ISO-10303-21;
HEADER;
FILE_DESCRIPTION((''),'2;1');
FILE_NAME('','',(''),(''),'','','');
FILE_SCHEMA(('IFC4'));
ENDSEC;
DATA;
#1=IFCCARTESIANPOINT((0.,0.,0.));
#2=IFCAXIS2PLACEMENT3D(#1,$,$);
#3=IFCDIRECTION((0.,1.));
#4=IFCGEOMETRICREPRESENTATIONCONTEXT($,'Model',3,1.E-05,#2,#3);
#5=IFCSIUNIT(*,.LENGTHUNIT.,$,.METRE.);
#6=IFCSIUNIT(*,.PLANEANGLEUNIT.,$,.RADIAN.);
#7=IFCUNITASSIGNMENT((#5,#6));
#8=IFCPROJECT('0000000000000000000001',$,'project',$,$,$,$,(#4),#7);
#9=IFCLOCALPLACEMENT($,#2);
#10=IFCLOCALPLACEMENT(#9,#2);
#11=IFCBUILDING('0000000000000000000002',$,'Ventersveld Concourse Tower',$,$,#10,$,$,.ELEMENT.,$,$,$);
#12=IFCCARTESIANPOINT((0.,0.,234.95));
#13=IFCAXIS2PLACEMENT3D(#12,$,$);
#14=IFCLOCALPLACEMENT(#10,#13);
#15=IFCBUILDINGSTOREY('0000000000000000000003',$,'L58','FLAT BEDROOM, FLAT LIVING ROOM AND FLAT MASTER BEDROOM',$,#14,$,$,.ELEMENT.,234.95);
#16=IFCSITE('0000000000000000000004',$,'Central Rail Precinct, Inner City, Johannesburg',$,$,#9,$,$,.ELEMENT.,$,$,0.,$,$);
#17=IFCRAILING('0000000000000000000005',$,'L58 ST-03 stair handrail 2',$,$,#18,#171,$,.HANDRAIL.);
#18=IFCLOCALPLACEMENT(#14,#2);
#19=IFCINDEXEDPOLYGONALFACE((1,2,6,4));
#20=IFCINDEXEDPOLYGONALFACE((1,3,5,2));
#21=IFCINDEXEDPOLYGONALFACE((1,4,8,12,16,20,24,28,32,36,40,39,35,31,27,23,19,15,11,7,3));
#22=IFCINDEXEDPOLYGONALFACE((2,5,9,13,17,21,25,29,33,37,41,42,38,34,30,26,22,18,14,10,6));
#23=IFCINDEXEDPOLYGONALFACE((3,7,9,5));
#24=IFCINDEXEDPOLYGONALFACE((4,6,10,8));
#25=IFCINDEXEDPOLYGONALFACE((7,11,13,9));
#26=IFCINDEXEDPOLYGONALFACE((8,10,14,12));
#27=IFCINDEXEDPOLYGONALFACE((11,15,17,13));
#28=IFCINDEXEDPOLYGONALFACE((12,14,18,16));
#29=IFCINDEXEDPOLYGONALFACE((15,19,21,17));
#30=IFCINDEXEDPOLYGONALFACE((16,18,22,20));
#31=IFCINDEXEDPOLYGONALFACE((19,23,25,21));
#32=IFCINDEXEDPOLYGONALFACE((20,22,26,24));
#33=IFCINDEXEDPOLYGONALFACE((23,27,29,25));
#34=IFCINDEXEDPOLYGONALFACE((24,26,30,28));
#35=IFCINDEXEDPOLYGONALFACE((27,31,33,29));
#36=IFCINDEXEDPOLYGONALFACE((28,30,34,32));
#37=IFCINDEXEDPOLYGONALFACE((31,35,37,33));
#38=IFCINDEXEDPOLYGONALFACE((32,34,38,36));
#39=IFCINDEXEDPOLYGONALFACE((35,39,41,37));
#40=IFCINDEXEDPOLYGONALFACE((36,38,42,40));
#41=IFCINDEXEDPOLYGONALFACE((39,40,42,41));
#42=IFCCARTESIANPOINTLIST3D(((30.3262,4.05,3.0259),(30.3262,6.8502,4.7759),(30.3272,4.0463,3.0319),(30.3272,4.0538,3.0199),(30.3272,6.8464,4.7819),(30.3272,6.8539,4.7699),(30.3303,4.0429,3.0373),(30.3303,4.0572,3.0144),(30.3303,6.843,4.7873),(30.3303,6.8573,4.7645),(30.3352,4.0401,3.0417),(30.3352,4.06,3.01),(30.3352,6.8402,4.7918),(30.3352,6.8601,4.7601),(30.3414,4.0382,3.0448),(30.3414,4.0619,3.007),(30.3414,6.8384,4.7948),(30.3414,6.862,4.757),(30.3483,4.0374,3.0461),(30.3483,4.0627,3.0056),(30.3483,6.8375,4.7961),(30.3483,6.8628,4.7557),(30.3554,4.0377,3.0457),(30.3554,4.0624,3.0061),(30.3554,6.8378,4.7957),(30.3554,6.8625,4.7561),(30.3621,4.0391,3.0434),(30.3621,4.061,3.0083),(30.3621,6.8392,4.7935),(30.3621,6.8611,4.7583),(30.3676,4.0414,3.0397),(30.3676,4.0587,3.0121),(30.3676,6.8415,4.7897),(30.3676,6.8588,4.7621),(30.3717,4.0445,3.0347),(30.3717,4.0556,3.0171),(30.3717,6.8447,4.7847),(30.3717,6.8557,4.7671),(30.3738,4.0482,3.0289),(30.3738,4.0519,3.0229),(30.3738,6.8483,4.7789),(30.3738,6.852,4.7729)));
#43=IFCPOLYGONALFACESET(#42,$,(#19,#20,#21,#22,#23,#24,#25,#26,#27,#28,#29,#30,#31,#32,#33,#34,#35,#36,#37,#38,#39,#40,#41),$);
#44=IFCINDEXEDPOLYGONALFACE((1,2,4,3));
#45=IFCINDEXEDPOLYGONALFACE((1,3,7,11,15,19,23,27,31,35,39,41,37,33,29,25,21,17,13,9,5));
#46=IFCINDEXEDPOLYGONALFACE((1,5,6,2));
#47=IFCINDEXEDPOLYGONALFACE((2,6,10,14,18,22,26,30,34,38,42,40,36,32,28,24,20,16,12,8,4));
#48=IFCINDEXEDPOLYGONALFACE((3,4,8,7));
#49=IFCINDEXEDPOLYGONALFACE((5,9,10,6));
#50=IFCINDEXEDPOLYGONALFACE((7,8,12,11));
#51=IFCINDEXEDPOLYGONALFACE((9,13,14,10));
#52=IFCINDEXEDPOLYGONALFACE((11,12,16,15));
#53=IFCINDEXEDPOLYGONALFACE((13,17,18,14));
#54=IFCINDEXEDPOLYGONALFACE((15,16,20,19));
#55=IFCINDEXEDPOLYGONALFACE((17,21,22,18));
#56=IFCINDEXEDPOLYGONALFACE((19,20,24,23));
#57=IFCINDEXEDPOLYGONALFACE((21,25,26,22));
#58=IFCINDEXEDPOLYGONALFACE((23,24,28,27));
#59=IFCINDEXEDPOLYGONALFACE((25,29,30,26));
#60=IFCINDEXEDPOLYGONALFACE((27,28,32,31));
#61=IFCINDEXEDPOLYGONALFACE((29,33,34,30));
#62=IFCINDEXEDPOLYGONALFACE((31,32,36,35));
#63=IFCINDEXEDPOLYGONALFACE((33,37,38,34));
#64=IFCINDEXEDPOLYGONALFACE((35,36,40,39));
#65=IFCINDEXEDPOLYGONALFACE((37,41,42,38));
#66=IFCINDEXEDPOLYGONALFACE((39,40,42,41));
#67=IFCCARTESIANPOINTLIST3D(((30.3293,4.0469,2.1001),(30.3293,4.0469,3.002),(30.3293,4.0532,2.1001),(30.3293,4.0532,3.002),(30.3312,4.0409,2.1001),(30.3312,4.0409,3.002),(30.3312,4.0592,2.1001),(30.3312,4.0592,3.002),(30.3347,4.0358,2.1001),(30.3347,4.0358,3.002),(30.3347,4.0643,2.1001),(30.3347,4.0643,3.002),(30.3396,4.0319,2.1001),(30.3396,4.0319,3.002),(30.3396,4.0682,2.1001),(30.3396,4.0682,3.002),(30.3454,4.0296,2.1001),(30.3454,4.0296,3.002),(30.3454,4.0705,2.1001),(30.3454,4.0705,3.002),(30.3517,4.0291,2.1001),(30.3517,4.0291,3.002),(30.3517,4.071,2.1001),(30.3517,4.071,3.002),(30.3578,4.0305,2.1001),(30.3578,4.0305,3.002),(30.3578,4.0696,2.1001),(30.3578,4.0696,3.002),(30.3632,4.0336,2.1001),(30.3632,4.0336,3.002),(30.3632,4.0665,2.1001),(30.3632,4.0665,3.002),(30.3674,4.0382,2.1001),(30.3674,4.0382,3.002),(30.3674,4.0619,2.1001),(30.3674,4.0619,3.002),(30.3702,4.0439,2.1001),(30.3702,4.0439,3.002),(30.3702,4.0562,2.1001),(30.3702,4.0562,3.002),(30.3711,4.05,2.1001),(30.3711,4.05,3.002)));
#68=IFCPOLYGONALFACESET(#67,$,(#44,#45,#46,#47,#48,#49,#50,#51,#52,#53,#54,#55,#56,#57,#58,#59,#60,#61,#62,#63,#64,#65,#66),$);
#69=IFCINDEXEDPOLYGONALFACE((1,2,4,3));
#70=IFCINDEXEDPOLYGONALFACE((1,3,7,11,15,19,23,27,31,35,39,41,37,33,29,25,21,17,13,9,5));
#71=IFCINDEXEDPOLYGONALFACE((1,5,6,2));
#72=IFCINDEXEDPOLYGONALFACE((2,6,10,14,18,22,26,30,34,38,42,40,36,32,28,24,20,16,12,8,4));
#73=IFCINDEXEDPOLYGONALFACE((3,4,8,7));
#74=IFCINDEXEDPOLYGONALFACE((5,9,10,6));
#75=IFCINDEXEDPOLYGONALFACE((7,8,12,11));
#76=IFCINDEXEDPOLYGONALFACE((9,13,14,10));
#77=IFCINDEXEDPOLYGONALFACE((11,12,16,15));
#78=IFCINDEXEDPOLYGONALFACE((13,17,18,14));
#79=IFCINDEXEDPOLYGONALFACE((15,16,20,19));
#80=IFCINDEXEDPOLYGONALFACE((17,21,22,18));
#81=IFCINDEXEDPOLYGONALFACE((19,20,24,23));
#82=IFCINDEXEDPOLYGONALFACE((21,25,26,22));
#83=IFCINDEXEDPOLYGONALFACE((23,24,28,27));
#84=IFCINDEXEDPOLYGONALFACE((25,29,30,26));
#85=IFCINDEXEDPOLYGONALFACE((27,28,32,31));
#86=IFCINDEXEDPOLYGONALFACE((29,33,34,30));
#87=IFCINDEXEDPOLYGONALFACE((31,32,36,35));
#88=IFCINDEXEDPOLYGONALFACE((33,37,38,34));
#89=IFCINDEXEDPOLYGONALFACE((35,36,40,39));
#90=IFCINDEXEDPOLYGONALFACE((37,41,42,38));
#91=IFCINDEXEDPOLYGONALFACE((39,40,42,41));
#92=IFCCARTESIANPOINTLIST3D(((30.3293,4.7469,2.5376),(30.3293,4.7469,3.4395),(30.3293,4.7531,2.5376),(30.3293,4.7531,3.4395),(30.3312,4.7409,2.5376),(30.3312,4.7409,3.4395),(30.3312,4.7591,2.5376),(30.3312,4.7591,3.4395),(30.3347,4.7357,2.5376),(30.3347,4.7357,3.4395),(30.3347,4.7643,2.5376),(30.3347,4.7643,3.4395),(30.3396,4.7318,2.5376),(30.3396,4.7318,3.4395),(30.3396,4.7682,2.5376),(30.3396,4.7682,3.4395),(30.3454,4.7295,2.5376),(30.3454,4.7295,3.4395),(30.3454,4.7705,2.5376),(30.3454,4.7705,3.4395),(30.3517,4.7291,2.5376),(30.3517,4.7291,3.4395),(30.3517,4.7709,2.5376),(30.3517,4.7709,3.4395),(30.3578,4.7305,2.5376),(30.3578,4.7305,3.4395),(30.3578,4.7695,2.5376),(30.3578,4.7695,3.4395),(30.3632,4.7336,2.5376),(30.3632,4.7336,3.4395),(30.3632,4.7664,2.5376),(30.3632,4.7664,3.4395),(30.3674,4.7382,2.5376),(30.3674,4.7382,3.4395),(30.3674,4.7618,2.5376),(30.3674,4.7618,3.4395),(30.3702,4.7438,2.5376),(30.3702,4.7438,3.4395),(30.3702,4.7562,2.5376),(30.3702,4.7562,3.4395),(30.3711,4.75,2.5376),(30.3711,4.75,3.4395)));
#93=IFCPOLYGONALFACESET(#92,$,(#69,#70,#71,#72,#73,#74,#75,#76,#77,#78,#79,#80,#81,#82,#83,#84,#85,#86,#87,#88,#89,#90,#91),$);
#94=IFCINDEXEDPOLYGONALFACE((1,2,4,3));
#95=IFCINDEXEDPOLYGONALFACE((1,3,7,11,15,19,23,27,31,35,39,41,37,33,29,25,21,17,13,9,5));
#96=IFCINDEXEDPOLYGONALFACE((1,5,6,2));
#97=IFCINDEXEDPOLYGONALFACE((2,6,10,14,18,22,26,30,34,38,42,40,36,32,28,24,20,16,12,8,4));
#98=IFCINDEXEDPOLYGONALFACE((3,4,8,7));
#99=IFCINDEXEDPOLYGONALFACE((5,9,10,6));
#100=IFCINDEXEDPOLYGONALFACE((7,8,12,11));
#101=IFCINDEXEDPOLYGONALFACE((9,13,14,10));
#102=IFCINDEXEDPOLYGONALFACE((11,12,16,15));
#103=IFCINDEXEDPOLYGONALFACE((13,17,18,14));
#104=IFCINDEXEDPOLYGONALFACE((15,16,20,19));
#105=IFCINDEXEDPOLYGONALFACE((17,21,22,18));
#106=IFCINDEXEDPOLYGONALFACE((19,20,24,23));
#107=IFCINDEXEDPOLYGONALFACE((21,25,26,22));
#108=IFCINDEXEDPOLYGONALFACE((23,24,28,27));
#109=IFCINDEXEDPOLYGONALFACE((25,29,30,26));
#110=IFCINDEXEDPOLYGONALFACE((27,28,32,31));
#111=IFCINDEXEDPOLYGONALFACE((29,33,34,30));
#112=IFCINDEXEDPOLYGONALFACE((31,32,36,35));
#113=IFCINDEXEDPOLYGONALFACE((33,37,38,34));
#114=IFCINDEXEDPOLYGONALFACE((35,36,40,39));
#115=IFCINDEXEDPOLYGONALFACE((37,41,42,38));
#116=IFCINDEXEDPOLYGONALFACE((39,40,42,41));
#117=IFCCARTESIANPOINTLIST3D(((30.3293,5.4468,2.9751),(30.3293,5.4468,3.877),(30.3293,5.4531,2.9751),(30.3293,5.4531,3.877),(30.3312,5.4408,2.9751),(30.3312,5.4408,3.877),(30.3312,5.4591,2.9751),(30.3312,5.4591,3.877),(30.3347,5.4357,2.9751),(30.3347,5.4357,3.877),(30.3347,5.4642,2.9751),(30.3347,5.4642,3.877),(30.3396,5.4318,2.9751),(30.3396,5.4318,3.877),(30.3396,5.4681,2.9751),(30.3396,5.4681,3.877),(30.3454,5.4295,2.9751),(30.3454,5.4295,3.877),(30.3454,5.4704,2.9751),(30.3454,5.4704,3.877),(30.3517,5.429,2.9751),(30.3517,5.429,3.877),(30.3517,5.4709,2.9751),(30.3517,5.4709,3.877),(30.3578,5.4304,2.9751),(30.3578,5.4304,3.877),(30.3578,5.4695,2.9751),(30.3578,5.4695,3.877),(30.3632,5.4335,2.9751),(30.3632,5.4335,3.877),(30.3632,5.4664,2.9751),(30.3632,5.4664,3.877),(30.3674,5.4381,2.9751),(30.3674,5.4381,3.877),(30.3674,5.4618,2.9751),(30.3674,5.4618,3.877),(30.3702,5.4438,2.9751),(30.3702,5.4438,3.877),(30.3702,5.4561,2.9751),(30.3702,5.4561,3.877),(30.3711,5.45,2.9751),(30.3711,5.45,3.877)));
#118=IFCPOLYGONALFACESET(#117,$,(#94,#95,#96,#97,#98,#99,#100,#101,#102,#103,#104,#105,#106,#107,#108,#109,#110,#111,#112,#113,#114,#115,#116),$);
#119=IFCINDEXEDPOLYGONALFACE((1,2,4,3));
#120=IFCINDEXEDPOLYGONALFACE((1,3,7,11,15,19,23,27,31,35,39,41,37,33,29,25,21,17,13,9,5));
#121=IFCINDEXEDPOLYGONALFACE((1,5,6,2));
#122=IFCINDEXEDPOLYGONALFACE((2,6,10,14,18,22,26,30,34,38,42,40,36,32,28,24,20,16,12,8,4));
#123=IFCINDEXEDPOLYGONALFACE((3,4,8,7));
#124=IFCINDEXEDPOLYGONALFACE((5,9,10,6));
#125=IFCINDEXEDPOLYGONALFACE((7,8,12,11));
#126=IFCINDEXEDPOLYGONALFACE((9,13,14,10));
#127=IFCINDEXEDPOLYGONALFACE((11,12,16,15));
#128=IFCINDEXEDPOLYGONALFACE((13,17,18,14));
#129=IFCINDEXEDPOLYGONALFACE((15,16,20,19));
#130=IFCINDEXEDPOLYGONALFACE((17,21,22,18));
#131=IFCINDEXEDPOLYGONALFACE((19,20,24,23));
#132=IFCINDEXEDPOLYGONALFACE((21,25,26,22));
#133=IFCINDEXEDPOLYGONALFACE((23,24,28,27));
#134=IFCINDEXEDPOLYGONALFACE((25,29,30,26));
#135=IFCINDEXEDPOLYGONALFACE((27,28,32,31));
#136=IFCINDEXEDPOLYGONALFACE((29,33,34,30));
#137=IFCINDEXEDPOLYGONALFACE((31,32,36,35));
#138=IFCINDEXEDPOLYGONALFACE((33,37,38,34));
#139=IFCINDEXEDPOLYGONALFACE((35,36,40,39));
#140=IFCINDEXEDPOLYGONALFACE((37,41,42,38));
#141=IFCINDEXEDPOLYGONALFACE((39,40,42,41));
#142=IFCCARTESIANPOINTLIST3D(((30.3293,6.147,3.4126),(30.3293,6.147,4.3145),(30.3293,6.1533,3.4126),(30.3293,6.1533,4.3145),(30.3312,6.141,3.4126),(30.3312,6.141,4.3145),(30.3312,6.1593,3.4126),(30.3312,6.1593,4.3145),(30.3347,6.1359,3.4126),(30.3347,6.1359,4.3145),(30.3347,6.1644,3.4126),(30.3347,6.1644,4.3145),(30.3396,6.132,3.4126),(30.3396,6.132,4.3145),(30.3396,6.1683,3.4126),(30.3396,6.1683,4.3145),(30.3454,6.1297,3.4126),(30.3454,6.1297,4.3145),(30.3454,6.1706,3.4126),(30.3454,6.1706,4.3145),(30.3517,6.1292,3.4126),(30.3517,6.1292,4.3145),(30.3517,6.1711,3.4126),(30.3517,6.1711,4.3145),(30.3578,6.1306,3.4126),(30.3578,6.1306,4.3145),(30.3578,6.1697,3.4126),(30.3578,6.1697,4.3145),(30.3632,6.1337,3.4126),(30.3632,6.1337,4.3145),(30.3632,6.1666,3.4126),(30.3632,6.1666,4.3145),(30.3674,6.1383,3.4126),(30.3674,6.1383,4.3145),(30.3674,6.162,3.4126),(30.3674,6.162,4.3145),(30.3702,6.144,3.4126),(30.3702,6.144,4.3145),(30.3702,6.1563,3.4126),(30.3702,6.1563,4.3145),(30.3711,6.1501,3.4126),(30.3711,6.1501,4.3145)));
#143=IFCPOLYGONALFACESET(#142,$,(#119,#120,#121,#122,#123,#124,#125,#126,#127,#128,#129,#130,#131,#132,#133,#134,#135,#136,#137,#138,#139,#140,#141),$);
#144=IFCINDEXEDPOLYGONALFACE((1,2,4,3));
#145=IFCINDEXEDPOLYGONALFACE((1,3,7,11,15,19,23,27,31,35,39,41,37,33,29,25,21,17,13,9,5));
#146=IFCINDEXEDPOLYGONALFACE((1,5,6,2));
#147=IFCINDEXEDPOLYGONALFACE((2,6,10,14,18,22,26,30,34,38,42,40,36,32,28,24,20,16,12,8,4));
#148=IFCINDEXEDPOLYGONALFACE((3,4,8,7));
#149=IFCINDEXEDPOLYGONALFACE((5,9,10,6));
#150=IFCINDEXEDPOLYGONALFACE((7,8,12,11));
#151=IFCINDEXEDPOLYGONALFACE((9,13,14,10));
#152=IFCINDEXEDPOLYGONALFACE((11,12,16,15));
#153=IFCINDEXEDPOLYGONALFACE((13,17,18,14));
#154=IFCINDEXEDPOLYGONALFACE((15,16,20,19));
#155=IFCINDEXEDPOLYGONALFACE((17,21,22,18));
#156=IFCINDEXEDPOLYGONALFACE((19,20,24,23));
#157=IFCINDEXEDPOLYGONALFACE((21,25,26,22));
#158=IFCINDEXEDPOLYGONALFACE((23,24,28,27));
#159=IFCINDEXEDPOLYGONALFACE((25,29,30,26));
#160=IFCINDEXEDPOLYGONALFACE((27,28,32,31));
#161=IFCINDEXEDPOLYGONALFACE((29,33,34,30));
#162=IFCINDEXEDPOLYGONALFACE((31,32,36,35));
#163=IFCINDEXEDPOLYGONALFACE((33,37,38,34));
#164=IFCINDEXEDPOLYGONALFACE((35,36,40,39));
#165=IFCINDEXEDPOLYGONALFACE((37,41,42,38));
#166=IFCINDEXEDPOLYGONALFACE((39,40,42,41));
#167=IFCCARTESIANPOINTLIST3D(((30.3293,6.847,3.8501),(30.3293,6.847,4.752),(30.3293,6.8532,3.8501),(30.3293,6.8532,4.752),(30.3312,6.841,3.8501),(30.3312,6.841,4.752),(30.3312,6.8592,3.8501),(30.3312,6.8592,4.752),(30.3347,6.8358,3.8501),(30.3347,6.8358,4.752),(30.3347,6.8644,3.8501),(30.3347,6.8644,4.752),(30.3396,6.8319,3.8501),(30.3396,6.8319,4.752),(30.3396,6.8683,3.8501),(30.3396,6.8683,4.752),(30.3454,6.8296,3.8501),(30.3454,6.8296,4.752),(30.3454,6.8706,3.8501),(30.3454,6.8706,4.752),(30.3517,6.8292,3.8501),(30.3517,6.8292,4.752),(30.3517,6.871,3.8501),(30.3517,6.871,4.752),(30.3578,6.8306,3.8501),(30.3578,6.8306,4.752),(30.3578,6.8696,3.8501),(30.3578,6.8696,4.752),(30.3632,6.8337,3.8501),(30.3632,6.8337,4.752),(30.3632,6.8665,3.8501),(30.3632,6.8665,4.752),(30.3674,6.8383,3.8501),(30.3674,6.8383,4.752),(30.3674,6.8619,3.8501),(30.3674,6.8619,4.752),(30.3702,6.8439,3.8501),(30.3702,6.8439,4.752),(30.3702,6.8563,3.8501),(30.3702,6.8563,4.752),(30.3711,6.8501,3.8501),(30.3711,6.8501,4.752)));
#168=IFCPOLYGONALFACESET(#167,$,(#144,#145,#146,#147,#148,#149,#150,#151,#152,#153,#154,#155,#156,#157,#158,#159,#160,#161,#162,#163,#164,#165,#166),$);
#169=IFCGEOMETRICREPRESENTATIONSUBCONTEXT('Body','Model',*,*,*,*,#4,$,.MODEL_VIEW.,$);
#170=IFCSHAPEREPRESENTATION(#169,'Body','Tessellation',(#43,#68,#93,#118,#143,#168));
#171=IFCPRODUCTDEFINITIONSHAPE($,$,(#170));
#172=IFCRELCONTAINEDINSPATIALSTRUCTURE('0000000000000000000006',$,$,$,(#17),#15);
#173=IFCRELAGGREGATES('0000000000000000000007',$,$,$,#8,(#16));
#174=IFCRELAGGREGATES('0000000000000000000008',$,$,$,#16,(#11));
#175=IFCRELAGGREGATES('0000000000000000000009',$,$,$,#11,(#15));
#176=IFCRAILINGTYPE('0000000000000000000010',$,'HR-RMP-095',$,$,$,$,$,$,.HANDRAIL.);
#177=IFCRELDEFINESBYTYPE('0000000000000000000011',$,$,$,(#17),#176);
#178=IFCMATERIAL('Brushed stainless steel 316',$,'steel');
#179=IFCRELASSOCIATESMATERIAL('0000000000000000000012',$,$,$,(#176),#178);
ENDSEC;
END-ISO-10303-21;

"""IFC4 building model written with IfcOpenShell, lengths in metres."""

from ifc_helpers import new_model, si_unit, direction, frame, origin, origin_2d, place, context, subcontext, project, spatial, circle, extrude, material, type_object, element, save


model = new_model("IFC4")

# Units and contexts
model_context = context("Model", 3, precision=1e-05, world=origin(), true_north=direction((0.0, 1.0)))
body_context = subcontext(model_context, "Body", "Model", "MODEL_VIEW")
ifc_project = project(units=[si_unit("LENGTHUNIT", "METRE"), si_unit("PLANEANGLEUNIT", "RADIAN")], contexts=[model_context])

# Site, building, storey
site_placement = place(None, origin())
site = spatial("IfcSite", under=ifc_project, at=site_placement, Name="Central Rail Precinct, Inner City, Johannesburg", CompositionType="ELEMENT", RefElevation=0.0)
building_placement = place(site_placement, origin())
building = spatial("IfcBuilding", under=site, at=building_placement, Name="Ventersveld Concourse Tower", CompositionType="ELEMENT")
storey_placement = place(building_placement, frame((0.0, 0.0, 234.95)))
storey = spatial("IfcBuildingStorey", under=building, at=storey_placement, Name="L58", Description="FLAT BEDROOM, FLAT LIVING ROOM AND FLAT MASTER BEDROOM", CompositionType="ELEMENT", Elevation=234.95)

# Shared definitions
ifc_material_1 = material(Name="Brushed stainless steel 316", Category="steel")

# Railing
railing_type_1 = type_object("IfcRailingType", Name="HR-RMP-095", PredefinedType="HANDRAIL", material=ifc_material_1)
railing_1_placement = place(storey_placement, frame((30.3501, 4.05, 2.1001)))
element("IfcRailing", 1, at=railing_1_placement, inside=storey, type_object=railing_type_1, Name="L58 ST-03 stair handrail 2", PredefinedType="HANDRAIL", context=body_context, shape_type="SweptSolid", body=[
    extrude(circle(Radius=0.0239, at=origin_2d()), frame((0.0, 0.0, 0.9258), z_axis=(0.0, 0.848002, 0.529992), x_axis=(-1.0, 0.0, 0.0)), (0.0, 0.0, 1.0), 3.302),
    extrude(circle(Radius=0.021, at=origin_2d()), origin(), (0.0, 0.0, 1.0), 0.9019),
    extrude(circle(Radius=0.021, at=origin_2d()), frame((0.0, 0.7, 0.4375)), (0.0, 0.0, 1.0), 0.9019),
    extrude(circle(Radius=0.021, at=origin_2d()), frame((0.0, 1.3999, 0.875)), (0.0, 0.0, 1.0), 0.9019),
    extrude(circle(Radius=0.021, at=origin_2d()), frame((0.0, 2.1001, 1.3125)), (0.0, 0.0, 1.0), 0.9019),
    extrude(circle(Radius=0.021, at=origin_2d()), frame((0.0, 2.8, 1.75)), (0.0, 0.0, 1.0), 0.9019),
])

save(model, "model.ifc")
